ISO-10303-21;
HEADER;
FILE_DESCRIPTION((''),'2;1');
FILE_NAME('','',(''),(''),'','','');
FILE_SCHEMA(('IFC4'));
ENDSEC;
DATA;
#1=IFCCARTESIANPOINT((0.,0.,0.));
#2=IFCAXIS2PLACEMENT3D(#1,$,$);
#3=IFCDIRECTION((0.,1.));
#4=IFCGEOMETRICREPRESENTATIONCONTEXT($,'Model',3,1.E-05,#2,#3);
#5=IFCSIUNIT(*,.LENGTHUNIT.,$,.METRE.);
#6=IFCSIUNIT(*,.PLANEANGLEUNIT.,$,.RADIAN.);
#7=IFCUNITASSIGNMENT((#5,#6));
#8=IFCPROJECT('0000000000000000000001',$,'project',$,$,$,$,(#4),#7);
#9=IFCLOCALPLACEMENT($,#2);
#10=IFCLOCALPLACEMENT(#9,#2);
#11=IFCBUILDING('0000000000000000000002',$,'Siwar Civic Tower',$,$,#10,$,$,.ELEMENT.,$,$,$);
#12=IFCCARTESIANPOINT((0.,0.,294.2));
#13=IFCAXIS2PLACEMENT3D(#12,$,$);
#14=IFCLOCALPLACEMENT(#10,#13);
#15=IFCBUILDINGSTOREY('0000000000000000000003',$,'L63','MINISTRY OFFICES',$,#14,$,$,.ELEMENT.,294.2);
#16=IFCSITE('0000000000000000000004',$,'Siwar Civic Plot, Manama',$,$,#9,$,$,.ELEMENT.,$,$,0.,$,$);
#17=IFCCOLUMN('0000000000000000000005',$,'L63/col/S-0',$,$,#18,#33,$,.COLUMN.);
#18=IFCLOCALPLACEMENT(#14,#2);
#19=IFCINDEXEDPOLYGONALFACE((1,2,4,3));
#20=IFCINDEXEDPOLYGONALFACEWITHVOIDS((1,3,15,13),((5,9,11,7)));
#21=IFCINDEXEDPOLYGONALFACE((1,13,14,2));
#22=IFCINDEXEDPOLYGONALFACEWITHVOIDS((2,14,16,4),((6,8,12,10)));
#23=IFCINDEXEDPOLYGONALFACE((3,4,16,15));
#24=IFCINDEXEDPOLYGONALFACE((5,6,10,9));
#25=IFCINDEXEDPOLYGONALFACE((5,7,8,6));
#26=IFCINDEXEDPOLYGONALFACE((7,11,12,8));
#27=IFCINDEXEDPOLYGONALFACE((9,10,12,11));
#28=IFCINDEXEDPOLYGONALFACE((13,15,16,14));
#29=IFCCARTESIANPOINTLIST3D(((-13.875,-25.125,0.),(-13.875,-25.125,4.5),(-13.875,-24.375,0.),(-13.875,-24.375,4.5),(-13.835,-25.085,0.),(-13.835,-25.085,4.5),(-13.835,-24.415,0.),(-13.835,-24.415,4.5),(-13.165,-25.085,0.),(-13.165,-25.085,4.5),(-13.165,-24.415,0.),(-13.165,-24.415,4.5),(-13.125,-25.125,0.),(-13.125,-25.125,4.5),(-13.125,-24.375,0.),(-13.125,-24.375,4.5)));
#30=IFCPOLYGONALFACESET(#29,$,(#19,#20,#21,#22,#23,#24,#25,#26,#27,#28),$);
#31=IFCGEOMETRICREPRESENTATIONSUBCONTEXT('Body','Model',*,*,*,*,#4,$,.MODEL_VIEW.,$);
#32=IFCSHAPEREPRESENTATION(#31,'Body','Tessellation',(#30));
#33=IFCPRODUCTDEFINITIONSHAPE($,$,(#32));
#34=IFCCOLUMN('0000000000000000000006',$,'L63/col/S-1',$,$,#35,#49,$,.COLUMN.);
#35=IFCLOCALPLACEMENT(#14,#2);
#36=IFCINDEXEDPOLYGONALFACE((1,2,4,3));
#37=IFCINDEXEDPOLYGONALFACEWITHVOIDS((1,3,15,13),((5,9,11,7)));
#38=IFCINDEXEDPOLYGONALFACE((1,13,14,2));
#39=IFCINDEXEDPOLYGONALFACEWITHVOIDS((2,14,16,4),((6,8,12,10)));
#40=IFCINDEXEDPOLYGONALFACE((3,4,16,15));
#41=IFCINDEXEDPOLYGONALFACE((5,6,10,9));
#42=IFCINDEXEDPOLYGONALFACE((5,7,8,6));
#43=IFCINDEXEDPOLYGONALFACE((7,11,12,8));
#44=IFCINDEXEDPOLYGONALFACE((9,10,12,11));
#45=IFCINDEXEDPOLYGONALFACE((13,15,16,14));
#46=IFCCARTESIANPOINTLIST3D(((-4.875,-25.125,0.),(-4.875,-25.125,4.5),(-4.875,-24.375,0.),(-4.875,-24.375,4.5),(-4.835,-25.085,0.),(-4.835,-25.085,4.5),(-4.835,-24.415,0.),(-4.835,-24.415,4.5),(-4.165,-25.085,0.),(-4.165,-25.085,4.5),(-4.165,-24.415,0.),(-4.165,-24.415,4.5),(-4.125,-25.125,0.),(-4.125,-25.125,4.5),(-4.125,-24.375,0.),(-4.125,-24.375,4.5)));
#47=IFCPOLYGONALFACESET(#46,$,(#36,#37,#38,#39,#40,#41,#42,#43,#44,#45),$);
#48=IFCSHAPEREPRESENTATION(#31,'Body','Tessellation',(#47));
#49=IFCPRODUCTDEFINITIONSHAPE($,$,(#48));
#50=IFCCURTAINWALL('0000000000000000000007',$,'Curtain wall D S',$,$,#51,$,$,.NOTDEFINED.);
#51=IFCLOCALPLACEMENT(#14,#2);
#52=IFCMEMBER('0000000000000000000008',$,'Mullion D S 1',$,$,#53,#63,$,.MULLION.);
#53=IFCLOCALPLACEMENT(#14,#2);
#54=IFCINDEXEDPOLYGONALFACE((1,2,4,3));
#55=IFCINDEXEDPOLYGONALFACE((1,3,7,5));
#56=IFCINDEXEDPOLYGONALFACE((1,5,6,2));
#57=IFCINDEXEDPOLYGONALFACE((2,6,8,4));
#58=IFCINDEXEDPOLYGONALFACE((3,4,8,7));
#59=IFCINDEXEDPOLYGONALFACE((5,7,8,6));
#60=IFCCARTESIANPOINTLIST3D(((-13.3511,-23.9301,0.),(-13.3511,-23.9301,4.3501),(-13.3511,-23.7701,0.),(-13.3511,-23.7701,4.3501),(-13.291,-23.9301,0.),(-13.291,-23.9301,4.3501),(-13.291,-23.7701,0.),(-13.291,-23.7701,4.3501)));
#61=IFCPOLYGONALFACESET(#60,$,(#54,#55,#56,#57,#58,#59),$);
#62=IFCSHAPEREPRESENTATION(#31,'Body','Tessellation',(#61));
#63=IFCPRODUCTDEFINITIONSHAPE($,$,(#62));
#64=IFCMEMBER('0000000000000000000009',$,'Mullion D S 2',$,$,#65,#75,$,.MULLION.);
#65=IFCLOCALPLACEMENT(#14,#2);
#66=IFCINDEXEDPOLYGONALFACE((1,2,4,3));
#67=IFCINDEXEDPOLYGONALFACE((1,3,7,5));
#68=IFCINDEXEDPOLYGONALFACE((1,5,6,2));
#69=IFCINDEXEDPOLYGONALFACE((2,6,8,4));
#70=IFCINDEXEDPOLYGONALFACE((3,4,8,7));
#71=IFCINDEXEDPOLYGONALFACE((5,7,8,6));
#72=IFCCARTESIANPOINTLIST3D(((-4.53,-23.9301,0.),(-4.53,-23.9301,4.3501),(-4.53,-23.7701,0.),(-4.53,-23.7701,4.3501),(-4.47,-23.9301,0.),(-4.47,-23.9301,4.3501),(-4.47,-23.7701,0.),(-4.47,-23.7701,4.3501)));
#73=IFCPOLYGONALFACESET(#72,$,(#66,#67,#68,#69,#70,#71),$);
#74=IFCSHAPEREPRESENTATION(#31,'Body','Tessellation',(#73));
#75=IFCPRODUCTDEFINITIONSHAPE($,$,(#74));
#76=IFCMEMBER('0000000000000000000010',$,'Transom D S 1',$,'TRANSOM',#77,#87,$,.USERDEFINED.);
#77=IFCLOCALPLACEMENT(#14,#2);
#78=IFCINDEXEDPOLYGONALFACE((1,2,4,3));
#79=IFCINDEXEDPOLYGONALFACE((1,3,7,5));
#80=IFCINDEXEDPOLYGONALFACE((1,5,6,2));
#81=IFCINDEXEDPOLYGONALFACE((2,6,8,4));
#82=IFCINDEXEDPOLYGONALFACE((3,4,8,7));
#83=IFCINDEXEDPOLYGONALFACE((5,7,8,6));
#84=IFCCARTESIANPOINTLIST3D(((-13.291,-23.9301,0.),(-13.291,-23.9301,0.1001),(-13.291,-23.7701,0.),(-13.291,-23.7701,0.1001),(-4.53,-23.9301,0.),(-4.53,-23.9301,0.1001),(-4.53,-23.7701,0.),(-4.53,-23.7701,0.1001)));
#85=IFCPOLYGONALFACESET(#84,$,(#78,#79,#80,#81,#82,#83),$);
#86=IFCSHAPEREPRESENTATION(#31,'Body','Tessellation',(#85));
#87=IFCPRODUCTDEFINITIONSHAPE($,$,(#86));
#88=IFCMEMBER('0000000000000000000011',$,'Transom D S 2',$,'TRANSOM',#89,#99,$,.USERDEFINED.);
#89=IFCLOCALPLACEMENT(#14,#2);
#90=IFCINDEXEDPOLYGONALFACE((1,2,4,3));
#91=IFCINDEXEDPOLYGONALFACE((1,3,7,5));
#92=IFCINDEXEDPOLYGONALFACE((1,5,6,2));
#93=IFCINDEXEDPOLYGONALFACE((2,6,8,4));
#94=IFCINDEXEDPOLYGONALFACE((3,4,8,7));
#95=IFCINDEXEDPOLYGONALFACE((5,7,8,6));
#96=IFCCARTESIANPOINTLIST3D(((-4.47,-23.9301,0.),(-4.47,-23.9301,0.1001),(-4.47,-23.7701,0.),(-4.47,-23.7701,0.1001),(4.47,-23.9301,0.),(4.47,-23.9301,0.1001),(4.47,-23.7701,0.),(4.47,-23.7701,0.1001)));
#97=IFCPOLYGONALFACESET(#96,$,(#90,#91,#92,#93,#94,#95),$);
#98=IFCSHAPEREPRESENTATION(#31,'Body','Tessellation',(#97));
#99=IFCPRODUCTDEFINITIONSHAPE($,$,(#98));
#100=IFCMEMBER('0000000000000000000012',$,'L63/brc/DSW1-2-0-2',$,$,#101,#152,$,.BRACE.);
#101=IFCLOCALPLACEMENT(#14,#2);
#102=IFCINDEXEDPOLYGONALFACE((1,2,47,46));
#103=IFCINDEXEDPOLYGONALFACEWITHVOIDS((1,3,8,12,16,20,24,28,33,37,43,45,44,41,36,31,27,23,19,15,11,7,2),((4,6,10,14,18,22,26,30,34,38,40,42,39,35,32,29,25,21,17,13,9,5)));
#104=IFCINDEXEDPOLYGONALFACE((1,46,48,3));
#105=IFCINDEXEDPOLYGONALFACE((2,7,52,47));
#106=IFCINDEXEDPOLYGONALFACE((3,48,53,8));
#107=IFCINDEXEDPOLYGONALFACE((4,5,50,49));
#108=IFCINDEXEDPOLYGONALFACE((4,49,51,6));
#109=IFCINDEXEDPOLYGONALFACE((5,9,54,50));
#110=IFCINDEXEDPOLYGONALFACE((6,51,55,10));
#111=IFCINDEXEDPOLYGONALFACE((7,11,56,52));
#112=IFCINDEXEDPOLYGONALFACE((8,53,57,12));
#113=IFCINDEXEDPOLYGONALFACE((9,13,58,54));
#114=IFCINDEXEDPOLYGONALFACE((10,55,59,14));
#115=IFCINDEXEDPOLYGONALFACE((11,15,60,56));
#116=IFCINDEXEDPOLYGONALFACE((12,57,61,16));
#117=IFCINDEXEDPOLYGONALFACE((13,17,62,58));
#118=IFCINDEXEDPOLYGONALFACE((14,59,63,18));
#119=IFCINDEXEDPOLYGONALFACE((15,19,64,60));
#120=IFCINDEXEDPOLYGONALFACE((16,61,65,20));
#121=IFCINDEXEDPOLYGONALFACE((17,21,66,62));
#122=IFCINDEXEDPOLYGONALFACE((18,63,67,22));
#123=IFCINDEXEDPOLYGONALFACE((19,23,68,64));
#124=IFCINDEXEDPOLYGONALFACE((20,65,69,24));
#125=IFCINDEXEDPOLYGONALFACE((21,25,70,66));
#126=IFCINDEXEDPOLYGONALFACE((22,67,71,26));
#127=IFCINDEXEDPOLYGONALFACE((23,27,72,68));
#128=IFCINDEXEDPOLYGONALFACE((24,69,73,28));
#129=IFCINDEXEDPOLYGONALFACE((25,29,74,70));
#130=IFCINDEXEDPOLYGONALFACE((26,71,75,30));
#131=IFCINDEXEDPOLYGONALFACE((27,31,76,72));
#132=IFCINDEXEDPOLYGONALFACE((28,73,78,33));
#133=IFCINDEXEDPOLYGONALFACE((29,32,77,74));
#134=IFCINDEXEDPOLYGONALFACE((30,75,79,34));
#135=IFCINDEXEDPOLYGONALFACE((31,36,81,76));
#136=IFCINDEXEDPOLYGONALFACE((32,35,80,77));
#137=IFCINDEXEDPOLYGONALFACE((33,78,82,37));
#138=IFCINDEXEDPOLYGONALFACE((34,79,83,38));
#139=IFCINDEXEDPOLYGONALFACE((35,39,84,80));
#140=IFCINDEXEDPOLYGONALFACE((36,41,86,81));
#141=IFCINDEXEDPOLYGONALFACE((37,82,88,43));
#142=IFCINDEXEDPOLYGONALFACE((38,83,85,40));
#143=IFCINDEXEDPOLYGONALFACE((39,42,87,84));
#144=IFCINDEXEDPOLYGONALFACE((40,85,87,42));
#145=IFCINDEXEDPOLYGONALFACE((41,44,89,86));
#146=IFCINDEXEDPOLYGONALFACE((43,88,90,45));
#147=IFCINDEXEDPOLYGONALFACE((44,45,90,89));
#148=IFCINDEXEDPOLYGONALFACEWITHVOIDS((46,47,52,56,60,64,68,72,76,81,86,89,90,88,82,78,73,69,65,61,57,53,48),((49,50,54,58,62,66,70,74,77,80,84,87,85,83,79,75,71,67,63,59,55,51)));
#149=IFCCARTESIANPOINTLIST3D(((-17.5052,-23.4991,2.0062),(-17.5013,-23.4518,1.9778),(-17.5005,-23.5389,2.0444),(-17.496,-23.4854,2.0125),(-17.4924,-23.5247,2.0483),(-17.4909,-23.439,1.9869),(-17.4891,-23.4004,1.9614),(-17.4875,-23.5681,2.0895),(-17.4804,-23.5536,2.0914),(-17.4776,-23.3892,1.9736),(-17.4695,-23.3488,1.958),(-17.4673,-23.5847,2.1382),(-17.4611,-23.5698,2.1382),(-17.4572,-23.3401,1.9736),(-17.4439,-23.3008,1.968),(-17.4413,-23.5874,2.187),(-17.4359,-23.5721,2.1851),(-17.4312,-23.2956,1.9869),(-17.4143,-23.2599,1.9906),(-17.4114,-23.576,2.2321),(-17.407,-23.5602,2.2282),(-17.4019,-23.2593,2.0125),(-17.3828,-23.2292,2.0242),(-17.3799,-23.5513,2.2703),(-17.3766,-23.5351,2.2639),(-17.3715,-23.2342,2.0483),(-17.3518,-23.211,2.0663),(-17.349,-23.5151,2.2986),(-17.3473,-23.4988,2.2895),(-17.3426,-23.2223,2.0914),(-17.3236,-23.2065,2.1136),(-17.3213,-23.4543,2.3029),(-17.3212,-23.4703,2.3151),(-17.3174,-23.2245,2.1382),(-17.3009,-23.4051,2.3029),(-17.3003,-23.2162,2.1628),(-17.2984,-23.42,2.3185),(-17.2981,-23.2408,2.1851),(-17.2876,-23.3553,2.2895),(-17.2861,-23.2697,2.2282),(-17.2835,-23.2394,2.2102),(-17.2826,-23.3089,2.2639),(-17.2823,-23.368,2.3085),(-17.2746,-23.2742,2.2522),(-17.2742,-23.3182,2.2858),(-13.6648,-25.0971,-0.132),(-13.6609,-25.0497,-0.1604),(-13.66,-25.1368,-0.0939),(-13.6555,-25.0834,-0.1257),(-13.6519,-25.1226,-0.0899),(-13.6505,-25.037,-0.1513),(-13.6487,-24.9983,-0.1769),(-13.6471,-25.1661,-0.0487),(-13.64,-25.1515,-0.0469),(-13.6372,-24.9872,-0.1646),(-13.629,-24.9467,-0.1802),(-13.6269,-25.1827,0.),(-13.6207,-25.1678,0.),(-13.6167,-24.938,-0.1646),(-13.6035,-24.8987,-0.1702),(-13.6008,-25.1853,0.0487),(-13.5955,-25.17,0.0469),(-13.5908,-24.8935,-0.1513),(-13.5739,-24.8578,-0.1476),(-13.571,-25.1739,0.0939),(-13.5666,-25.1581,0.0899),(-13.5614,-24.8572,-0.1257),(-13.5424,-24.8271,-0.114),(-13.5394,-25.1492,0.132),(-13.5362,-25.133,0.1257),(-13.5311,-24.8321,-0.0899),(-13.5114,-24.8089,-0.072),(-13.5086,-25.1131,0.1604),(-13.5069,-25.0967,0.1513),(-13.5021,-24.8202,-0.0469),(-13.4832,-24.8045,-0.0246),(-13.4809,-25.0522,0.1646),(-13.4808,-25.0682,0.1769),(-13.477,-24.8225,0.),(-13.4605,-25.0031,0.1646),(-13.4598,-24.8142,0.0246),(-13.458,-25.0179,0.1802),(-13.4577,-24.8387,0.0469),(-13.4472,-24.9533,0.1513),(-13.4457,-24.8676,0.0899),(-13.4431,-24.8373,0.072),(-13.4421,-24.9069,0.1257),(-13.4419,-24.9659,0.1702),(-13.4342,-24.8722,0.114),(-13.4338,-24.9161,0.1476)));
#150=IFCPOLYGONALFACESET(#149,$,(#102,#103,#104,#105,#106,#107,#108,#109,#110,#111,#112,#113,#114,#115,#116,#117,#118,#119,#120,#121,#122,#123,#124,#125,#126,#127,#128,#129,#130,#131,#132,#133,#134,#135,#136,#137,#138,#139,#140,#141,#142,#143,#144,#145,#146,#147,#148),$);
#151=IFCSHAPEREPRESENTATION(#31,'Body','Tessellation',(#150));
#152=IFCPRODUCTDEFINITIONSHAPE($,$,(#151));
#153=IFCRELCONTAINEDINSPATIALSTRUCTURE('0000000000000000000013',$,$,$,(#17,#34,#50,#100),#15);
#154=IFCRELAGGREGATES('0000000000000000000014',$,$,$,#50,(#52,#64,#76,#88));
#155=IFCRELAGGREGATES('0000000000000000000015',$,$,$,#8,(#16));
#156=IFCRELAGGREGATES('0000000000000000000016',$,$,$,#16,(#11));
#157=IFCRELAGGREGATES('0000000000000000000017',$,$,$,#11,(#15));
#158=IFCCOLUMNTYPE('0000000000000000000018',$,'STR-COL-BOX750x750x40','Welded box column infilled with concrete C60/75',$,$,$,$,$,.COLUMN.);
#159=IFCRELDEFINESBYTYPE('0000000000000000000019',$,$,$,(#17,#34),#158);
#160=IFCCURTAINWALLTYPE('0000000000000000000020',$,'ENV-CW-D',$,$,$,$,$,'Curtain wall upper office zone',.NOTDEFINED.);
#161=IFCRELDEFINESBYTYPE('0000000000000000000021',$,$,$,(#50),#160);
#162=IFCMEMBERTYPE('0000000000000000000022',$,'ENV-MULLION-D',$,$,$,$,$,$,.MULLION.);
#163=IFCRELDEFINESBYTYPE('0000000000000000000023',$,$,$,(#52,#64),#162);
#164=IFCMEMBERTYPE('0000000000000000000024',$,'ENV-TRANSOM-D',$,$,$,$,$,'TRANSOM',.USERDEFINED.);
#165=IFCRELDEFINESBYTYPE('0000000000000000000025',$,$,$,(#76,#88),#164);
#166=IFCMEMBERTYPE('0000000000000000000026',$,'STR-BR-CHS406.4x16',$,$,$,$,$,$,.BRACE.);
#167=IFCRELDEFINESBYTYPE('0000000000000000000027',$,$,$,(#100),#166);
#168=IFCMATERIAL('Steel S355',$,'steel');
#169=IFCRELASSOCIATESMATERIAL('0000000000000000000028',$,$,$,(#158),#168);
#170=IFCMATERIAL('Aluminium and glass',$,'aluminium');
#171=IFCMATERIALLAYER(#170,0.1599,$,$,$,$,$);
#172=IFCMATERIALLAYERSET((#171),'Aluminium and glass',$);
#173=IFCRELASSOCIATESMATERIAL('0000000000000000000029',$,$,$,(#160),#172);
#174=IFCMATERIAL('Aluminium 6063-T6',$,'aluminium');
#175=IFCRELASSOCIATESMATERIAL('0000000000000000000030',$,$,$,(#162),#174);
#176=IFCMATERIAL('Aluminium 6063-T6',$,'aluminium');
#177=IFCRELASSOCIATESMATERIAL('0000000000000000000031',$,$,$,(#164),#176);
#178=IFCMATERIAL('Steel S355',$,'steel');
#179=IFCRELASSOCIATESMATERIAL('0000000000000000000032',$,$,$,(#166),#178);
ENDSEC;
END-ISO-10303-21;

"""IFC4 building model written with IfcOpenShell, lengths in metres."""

from ifc_helpers import new_model, si_unit, direction, frame, origin, origin_2d, place, context, subcontext, project, spatial, rectangle, hollow_rectangle, hollow_circle, extrude, material, layer, layer_set, material_profile, profile_set, type_object, element, aggregate, save


model = new_model("IFC4")

# Units and contexts
model_context = context("Model", 3, precision=1e-05, world=origin(), true_north=direction((0.0, 1.0)))
body_context = subcontext(model_context, "Body", "Model", "MODEL_VIEW")
ifc_project = project(units=[si_unit("LENGTHUNIT", "METRE"), si_unit("PLANEANGLEUNIT", "RADIAN")], contexts=[model_context])

# Site, building, storey
site_placement = place(None, origin())
site = spatial("IfcSite", under=ifc_project, at=site_placement, Name="Siwar Civic Plot, Manama", CompositionType="ELEMENT", RefElevation=0.0)
building_placement = place(site_placement, origin())
building = spatial("IfcBuilding", under=site, at=building_placement, Name="Siwar Civic Tower", CompositionType="ELEMENT")
storey_placement = place(building_placement, frame((0.0, 0.0, 294.2)))
storey = spatial("IfcBuildingStorey", under=building, at=storey_placement, Name="L63", Description="MINISTRY OFFICES", CompositionType="ELEMENT", Elevation=294.2)

# Columns
ifc_material_1 = material(Name="Steel S355", Category="steel")
ifc_material_profile_1 = material_profile(ifc_material_1, hollow_rectangle(XDim=0.75, YDim=0.75, WallThickness=0.04, at=origin_2d()), Name="BOX750x750x40")
ifc_profile_set_1 = profile_set([ifc_material_profile_1], Name="Steel S355")
column_type = type_object("IfcColumnType", Name="STR-COL-BOX750x750x40", Description="Welded box column infilled with concrete C60/75", PredefinedType="COLUMN", material=ifc_profile_set_1)
for number, where, z_axis, x_axis, name in (
    (1, (-13.5, -24.75, 0.0), (0.0, 0.0, 1.0), (1.0, 0.0, 0.0), "L63/col/S-0"),
    (2, (-4.5, -24.75, 0.0), (0.0, 0.0, 1.0), (1.0, 0.0, 0.0), "L63/col/S-1"),
):
    element("IfcColumn", number, at=place(storey_placement, frame(where, z_axis=z_axis, x_axis=x_axis)), inside=storey, type_object=column_type, Name=name, PredefinedType="COLUMN", context=body_context, shape_type="SweptSolid", body=[
        extrude(hollow_rectangle(XDim=0.75, YDim=0.75, WallThickness=0.04, at=origin_2d()), origin(), (0.0, 0.0, 1.0), 4.5),
    ])

# Curtain wall, members
ifc_material_2 = material(Name="Aluminium and glass", Category="aluminium")
ifc_layer_1 = layer(ifc_material_2, 0.1599)
ifc_layer_set_1 = layer_set([ifc_layer_1], Name="Aluminium and glass")
curtain_wall_type = type_object("IfcCurtainWallType", Name="ENV-CW-D", ElementType="Curtain wall upper office zone", PredefinedType="NOTDEFINED", material=ifc_layer_set_1)
curtain_wall_placement = place(storey_placement, origin())
curtain_wall = element("IfcCurtainWall", 3, at=curtain_wall_placement, inside=storey, type_object=curtain_wall_type, Name="Curtain wall D S", PredefinedType="NOTDEFINED")
ifc_material_3 = material(Name="Aluminium 6063-T6", Category="aluminium")
ifc_material_profile_2 = material_profile(ifc_material_3, rectangle(XDim=0.1599, YDim=0.0601, at=origin_2d()), Name="AL 160x60")
ifc_profile_set_2 = profile_set([ifc_material_profile_2], Name="Aluminium 6063-T6")
member_type_1 = type_object("IfcMemberType", Name="ENV-MULLION-D", PredefinedType="MULLION", material=ifc_profile_set_2)
member_1_placement = place(storey_placement, frame((-13.321, -23.8501, 0.0), z_axis=(0.0, 0.0, 1.0), x_axis=(0.0, 1.0, 0.0)))
member_1 = element("IfcMember", 4, at=member_1_placement, type_object=member_type_1, Name="Mullion D S 1", PredefinedType="MULLION", context=body_context, shape_type="SweptSolid", body=[
    extrude(rectangle(XDim=0.1599, YDim=0.0601, at=origin_2d()), origin(), (0.0, 0.0, 1.0), 4.3501),
])
member_2_placement = place(storey_placement, frame((-4.5, -23.8501, 0.0), z_axis=(0.0, 0.0, 1.0), x_axis=(0.0, 1.0, 0.0)))
member_2 = element("IfcMember", 5, at=member_2_placement, type_object=member_type_1, Name="Mullion D S 2", PredefinedType="MULLION", context=body_context, shape_type="SweptSolid", body=[
    extrude(rectangle(XDim=0.1599, YDim=0.0601, at=origin_2d()), origin(), (0.0, 0.0, 1.0), 4.3501),
])
ifc_material_4 = material(Name="Aluminium 6063-T6", Category="aluminium")
ifc_material_profile_3 = material_profile(ifc_material_4, rectangle(XDim=0.1599, YDim=0.1001, at=origin_2d()), Name="AL 160x100")
ifc_profile_set_3 = profile_set([ifc_material_profile_3], Name="Aluminium 6063-T6")
member_type_2 = type_object("IfcMemberType", Name="ENV-TRANSOM-D", ElementType="TRANSOM", PredefinedType="USERDEFINED", material=ifc_profile_set_3)
member_3_placement = place(storey_placement, frame((-13.291, -23.8501, 0.05), z_axis=(1.0, 0.0, 0.0), x_axis=(0.0, 1.0, 0.0)))
member_3 = element("IfcMember", 6, at=member_3_placement, type_object=member_type_2, Name="Transom D S 1", ObjectType="TRANSOM", PredefinedType="USERDEFINED", context=body_context, shape_type="SweptSolid", body=[
    extrude(rectangle(XDim=0.1599, YDim=0.1001, at=origin_2d()), origin(), (0.0, 0.0, 1.0), 8.761),
])
member_4_placement = place(storey_placement, frame((-4.47, -23.8501, 0.05), z_axis=(1.0, 0.0, 0.0), x_axis=(0.0, 1.0, 0.0)))
member_4 = element("IfcMember", 7, at=member_4_placement, type_object=member_type_2, Name="Transom D S 2", ObjectType="TRANSOM", PredefinedType="USERDEFINED", context=body_context, shape_type="SweptSolid", body=[
    extrude(rectangle(XDim=0.1599, YDim=0.1001, at=origin_2d()), origin(), (0.0, 0.0, 1.0), 8.9399),
])

# Member
ifc_material_5 = material(Name="Steel S355", Category="steel")
ifc_material_profile_4 = material_profile(ifc_material_5, hollow_circle(Radius=0.2031, WallThickness=0.0161, at=origin_2d()), Name="CHS406.4x16")
ifc_profile_set_4 = profile_set([ifc_material_profile_4], Name="Steel S355")
member_type_3 = type_object("IfcMemberType", Name="STR-BR-CHS406.4x16", PredefinedType="BRACE", material=ifc_profile_set_4)
member_5_placement = place(storey_placement, frame((-13.5488, -24.9951, 0.0), z_axis=(-0.82113, 0.341659, 0.457181), x_axis=(-0.384157, -0.923268, 0.0)))
element("IfcMember", 8, at=member_5_placement, inside=storey, type_object=member_type_3, Name="L63/brc/DSW1-2-0-2", PredefinedType="BRACE", context=body_context, shape_type="SweptSolid", body=[
    extrude(hollow_circle(Radius=0.2031, WallThickness=0.0161, at=origin_2d()), origin(), (0.0, 0.0, 1.0), 4.677),
])

aggregate(curtain_wall, [member_1, member_2, member_3, member_4])

save(model, "model.ifc")
